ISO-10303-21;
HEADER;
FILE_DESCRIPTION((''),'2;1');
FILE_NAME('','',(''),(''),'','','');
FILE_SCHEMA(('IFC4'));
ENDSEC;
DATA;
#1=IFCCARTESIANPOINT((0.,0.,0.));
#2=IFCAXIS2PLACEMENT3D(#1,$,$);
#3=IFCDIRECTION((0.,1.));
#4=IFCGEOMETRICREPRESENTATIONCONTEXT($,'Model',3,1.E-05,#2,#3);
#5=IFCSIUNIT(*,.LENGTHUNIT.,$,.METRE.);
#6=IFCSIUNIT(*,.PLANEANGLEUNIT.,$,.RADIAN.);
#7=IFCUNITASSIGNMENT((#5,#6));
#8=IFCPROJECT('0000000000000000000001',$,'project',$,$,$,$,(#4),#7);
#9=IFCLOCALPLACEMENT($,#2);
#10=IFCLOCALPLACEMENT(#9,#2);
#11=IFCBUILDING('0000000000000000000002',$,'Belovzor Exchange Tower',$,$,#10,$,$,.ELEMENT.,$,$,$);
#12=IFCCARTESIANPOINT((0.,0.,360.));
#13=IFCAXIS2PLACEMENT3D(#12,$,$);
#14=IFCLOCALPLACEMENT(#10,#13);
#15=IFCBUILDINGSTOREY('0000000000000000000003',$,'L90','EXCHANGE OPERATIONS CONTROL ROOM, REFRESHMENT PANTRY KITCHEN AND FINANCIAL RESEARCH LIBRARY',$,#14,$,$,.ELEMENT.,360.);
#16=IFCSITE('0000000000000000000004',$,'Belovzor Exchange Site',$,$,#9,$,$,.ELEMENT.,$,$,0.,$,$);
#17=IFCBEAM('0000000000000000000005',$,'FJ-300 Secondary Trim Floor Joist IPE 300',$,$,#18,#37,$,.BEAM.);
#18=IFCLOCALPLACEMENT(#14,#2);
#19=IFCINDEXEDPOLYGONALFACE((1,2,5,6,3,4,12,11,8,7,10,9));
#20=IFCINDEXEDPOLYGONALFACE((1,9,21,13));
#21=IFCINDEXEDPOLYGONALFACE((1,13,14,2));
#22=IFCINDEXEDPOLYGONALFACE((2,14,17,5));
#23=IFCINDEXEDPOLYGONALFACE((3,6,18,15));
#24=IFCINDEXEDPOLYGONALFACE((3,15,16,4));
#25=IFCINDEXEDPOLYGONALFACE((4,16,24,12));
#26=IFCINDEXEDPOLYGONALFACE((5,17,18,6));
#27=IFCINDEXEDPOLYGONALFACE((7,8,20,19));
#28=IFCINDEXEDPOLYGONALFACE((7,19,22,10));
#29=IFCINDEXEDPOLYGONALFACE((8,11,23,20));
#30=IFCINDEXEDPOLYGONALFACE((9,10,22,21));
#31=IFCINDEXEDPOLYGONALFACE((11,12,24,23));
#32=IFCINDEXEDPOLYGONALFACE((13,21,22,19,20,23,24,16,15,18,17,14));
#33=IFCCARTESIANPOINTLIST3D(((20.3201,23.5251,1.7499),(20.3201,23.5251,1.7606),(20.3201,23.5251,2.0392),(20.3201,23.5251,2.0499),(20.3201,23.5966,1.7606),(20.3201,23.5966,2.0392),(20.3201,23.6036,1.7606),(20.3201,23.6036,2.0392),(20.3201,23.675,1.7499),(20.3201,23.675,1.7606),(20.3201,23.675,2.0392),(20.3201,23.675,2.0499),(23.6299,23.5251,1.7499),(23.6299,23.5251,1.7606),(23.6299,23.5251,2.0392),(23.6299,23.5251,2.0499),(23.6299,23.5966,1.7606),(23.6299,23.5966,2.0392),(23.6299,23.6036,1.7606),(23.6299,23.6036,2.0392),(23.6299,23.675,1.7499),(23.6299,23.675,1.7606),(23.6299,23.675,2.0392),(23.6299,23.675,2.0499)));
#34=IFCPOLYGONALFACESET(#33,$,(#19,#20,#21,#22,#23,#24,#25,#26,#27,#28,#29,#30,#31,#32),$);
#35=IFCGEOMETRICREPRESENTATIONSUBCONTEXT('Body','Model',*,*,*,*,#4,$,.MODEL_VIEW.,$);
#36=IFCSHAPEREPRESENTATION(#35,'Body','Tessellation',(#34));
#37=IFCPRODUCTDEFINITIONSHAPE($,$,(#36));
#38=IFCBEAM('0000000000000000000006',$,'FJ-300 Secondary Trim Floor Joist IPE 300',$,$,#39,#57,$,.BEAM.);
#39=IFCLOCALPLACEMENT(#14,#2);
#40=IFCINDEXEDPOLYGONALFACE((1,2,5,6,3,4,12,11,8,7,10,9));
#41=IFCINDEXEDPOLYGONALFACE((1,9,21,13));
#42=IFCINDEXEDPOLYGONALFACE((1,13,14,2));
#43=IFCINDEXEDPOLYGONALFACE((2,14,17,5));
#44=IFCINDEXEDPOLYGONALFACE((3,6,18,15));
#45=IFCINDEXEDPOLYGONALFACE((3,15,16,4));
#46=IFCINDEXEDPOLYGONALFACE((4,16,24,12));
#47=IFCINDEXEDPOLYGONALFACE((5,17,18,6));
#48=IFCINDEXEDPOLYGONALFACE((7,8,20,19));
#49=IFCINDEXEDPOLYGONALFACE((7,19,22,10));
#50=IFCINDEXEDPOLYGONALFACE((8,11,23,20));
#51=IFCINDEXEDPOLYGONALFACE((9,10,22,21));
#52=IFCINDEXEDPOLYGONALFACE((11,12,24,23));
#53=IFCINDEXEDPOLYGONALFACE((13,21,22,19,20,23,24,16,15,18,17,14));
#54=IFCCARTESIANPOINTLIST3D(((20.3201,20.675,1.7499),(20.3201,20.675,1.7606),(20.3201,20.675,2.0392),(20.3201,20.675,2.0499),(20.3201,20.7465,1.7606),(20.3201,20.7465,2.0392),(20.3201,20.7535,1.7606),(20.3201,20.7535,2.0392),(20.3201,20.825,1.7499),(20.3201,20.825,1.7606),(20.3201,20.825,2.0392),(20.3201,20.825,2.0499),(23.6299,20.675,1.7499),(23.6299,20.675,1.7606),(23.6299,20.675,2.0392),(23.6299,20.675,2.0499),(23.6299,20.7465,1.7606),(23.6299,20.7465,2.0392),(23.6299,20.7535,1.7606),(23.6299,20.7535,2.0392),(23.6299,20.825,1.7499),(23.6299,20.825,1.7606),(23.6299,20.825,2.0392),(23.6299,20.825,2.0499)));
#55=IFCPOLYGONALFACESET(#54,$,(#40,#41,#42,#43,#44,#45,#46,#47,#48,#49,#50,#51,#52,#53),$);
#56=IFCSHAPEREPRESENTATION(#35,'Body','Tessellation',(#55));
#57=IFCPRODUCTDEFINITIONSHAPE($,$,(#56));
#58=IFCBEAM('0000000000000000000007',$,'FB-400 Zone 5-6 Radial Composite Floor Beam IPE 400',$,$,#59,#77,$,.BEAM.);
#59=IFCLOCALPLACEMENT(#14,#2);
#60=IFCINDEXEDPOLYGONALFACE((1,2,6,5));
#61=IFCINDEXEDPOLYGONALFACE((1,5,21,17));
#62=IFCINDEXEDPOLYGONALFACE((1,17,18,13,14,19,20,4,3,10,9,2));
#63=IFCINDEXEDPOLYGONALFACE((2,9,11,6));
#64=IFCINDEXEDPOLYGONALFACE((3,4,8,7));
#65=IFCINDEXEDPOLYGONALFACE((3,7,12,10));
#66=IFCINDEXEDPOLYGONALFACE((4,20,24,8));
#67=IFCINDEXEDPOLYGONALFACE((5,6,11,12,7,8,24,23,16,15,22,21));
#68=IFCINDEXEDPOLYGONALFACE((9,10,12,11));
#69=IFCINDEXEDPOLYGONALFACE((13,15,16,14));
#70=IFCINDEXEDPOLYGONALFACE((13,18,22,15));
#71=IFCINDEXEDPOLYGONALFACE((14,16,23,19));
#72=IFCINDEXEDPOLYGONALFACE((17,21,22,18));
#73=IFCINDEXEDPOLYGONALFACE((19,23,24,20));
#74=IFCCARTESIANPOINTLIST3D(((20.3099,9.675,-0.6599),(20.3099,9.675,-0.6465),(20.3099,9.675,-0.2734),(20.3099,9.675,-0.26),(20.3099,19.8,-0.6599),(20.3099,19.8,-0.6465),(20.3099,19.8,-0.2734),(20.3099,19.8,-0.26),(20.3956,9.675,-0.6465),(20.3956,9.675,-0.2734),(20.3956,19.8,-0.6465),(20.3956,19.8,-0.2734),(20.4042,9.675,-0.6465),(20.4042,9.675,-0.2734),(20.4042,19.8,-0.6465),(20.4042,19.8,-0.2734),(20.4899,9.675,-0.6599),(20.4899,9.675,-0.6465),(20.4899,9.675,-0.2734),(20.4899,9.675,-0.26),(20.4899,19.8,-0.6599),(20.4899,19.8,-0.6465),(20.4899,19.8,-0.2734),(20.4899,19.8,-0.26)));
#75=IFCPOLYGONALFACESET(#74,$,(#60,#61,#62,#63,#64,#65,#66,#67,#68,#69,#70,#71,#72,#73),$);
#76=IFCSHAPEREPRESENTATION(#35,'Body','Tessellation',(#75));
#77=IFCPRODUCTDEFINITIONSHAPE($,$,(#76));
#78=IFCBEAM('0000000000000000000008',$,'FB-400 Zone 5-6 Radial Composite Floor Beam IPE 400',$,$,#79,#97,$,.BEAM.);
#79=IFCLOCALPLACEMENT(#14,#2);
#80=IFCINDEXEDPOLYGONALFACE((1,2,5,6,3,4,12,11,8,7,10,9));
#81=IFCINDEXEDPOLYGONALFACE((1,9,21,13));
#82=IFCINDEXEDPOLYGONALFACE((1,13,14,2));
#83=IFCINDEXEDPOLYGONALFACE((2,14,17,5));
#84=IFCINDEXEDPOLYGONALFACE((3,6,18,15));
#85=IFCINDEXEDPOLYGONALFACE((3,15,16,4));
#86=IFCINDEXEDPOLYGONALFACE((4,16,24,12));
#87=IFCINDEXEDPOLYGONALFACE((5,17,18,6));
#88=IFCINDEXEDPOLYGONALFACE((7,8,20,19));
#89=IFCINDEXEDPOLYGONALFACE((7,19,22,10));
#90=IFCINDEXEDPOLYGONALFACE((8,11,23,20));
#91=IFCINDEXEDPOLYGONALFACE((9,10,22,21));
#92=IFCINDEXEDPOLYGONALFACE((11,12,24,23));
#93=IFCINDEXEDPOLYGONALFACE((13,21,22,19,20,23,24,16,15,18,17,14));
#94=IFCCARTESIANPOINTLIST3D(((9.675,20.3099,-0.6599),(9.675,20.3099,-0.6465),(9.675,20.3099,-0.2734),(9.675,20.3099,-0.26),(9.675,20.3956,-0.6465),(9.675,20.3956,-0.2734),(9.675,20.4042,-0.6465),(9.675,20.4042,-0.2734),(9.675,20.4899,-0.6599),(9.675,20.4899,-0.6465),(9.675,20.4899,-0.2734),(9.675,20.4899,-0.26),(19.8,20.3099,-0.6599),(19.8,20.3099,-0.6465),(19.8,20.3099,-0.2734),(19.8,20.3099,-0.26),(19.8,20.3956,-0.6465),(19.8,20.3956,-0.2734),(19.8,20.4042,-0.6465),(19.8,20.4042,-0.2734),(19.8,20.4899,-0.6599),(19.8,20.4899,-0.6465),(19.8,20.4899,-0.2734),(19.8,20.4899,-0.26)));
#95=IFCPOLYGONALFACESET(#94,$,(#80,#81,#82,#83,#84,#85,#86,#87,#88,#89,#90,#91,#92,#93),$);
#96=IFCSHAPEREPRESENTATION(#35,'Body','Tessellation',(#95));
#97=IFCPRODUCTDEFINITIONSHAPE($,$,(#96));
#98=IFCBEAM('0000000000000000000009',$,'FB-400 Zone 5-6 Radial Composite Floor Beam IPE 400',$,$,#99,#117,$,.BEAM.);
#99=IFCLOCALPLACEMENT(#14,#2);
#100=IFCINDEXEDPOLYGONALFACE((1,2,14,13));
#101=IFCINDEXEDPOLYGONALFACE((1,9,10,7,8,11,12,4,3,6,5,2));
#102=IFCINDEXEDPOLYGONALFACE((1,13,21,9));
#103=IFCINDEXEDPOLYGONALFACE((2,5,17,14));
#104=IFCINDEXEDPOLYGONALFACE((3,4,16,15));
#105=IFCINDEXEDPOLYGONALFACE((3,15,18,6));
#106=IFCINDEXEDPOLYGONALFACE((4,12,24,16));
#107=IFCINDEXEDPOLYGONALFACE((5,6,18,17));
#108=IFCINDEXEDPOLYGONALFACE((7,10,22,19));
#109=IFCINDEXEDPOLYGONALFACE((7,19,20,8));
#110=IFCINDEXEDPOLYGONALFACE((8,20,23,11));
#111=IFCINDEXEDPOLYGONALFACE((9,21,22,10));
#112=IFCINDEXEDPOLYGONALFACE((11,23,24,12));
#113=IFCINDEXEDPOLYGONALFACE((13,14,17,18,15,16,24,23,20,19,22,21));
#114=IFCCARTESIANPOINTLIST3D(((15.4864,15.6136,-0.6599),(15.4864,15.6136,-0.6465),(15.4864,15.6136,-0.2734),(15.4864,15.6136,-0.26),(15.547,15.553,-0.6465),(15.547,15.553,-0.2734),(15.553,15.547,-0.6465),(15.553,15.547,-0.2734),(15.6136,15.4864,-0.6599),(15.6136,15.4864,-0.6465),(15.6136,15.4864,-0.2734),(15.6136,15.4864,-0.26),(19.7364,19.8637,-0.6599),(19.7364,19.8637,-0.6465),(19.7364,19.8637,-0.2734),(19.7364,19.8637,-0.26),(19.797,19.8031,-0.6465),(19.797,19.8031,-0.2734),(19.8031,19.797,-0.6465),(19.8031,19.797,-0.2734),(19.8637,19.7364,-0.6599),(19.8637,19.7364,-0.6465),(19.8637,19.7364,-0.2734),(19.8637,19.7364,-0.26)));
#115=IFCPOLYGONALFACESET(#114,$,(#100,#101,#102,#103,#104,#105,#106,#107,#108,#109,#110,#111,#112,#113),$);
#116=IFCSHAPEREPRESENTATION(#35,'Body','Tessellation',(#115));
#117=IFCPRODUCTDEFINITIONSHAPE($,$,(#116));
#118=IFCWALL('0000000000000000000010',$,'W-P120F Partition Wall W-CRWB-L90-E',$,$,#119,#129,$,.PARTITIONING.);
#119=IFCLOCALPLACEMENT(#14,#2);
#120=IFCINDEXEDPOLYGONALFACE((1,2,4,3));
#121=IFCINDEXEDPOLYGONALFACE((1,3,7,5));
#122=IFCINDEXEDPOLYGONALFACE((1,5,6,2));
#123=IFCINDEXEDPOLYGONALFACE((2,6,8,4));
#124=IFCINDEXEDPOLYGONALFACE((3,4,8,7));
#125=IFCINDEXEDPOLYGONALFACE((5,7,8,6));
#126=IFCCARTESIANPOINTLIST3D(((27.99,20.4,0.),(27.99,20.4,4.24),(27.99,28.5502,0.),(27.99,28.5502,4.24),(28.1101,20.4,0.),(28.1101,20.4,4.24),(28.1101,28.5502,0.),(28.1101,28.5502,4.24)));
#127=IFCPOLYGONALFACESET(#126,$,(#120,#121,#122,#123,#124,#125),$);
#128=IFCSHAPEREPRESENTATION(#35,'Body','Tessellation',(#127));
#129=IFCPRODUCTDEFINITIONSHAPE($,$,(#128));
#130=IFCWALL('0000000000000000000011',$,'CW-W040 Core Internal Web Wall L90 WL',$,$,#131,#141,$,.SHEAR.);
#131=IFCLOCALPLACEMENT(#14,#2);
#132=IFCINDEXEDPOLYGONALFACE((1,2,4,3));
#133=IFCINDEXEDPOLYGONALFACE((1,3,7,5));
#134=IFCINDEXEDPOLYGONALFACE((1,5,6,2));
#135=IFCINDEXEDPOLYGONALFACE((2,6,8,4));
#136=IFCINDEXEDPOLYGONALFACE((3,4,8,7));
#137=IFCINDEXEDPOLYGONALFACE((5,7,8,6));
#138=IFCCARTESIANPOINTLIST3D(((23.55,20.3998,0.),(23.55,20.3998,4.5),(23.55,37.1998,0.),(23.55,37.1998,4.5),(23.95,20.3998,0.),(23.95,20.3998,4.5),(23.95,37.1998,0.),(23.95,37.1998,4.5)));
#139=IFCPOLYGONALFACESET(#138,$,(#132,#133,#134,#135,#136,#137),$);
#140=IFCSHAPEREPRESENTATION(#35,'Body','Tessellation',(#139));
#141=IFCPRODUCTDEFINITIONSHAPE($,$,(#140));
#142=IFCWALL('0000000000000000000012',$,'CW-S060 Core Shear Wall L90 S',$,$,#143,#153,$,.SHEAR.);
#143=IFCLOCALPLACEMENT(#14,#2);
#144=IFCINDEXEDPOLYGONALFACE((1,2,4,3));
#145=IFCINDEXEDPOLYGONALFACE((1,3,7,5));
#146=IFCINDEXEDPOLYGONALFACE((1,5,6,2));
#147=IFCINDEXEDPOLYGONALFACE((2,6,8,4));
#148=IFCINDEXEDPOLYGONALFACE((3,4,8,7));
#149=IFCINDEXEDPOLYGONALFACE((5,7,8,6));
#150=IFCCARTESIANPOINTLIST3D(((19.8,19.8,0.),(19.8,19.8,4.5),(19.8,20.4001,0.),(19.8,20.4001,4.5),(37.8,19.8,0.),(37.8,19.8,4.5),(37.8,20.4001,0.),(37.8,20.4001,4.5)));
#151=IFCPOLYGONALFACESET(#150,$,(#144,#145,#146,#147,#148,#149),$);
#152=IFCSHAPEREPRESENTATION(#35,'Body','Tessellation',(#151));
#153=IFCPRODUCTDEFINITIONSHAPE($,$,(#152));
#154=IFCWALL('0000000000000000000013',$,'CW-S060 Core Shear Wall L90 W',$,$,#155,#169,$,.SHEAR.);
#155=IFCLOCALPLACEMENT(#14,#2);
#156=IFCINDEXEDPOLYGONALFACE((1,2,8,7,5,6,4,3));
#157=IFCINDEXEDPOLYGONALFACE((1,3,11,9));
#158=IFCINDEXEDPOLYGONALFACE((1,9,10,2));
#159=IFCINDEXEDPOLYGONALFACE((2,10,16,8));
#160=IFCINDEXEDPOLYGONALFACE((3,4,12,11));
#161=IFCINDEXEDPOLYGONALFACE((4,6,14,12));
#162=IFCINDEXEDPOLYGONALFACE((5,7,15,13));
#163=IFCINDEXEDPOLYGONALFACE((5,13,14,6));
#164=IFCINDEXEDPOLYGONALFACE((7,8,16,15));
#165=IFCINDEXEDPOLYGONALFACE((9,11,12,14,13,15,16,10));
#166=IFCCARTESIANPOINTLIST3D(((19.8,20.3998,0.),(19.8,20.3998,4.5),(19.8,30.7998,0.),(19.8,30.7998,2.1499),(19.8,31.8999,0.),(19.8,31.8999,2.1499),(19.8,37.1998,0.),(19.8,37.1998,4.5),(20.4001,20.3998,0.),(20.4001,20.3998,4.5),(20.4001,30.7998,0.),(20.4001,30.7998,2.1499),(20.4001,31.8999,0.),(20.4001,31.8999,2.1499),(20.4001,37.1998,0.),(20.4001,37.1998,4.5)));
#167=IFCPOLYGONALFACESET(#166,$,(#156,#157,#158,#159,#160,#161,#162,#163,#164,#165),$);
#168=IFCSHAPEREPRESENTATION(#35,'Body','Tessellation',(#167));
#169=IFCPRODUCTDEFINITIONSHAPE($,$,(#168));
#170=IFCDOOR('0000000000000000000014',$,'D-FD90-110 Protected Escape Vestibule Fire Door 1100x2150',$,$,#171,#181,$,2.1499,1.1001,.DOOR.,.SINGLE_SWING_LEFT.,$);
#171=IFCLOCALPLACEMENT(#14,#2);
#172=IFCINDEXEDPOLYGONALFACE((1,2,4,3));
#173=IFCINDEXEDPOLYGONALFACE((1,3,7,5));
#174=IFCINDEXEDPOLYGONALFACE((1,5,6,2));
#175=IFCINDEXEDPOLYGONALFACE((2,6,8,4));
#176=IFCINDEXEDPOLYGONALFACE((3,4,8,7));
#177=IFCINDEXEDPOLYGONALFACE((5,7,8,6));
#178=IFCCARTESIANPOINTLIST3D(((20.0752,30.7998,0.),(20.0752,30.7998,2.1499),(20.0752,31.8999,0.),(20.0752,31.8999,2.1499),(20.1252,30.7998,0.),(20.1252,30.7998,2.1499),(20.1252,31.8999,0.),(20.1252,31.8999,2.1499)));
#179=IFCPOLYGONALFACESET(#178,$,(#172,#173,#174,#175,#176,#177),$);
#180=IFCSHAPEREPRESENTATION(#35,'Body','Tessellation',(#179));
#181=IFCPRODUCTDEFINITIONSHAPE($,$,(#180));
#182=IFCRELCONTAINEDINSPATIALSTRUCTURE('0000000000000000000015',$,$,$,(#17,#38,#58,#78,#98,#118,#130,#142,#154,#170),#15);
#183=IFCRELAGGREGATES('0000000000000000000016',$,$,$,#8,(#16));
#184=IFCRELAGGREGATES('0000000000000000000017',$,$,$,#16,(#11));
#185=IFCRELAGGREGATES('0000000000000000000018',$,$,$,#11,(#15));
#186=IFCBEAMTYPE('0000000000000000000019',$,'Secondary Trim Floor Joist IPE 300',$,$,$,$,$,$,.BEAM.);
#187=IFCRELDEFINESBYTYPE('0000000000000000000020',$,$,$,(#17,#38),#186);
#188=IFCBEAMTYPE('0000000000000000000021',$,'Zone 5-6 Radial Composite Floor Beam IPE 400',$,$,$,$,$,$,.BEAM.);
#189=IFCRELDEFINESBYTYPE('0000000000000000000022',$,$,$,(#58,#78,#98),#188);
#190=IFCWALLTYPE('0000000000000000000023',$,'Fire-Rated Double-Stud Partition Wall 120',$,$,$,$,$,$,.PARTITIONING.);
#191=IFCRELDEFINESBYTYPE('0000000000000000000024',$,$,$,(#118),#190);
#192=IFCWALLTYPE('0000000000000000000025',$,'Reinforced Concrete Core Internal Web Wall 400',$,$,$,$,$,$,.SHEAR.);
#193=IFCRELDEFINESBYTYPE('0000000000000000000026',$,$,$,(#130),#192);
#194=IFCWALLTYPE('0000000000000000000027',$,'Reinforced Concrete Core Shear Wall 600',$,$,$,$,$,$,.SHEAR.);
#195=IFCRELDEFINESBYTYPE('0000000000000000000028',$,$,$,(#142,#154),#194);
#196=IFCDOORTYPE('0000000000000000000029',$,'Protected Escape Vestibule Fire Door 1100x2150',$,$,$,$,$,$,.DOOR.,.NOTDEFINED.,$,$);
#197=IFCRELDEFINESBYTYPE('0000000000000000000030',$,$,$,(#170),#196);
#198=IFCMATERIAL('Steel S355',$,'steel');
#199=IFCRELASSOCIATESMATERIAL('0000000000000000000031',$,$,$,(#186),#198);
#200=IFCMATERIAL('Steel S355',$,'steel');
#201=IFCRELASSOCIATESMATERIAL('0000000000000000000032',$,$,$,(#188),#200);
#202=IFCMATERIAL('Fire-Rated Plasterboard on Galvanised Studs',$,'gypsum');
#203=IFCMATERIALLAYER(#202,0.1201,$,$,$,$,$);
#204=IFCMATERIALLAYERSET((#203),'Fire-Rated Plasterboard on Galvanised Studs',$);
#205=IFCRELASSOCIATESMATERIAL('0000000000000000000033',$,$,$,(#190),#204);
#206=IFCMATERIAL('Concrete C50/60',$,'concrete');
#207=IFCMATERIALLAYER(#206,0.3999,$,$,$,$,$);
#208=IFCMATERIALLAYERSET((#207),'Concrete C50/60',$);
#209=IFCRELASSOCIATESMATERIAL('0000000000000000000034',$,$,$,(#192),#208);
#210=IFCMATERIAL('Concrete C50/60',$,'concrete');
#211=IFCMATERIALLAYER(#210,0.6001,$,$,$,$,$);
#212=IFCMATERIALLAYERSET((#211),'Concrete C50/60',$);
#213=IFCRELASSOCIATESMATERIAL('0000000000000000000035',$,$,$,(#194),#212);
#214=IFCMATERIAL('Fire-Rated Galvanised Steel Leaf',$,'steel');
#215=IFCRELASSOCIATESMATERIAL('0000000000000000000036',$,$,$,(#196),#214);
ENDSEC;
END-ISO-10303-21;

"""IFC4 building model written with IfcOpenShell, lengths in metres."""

from ifc_helpers import new_model, si_unit, direction, frame, frame_2d, origin, origin_2d, place, context, subcontext, project, spatial, rectangle, i_section, extrude, material, layer, layer_set, material_profile, profile_set, type_object, element, fill, save


model = new_model("IFC4")

# Units and contexts
model_context = context("Model", 3, precision=1e-05, world=origin(), true_north=direction((0.0, 1.0)))
body_context = subcontext(model_context, "Body", "Model", "MODEL_VIEW")
ifc_project = project(units=[si_unit("LENGTHUNIT", "METRE"), si_unit("PLANEANGLEUNIT", "RADIAN")], contexts=[model_context])

# Site, building, storey
site_placement = place(None, origin())
site = spatial("IfcSite", under=ifc_project, at=site_placement, Name="Belovzor Exchange Site", CompositionType="ELEMENT", RefElevation=0.0)
building_placement = place(site_placement, origin())
building = spatial("IfcBuilding", under=site, at=building_placement, Name="Belovzor Exchange Tower", CompositionType="ELEMENT")
storey_placement = place(building_placement, frame((0.0, 0.0, 360.0)))
storey = spatial("IfcBuildingStorey", under=building, at=storey_placement, Name="L90", Description="EXCHANGE OPERATIONS CONTROL ROOM, REFRESHMENT PANTRY KITCHEN AND FINANCIAL RESEARCH LIBRARY", CompositionType="ELEMENT", Elevation=360.0)

# Beams
ifc_material_1 = material(Name="Steel S355", Category="steel")
ifc_material_profile_1 = material_profile(ifc_material_1, i_section(OverallWidth=0.1499, OverallDepth=0.3, WebThickness=0.0071, FlangeThickness=0.0107, at=origin_2d()))
ifc_profile_set_1 = profile_set([ifc_material_profile_1], Name="Steel S355")
beam_type_1 = type_object("IfcBeamType", Name="Secondary Trim Floor Joist IPE 300", PredefinedType="BEAM", material=ifc_profile_set_1)
for number, where, z_axis, x_axis, name in (
    (1, (20.3201, 23.6001, 1.8999), (1.0, 0.0, 0.0), (0.0, 1.0, 0.0), "FJ-300 Secondary Trim Floor Joist IPE 300"),
    (2, (20.3201, 20.75, 1.8999), (1.0, 0.0, 0.0), (0.0, 1.0, 0.0), "FJ-300 Secondary Trim Floor Joist IPE 300"),
):
    element("IfcBeam", number, at=place(storey_placement, frame(where, z_axis=z_axis, x_axis=x_axis)), inside=storey, type_object=beam_type_1, Name=name, PredefinedType="BEAM", context=body_context, shape_type="SweptSolid", body=[
        extrude(i_section(OverallWidth=0.1499, OverallDepth=0.3, WebThickness=0.0071, FlangeThickness=0.0107, at=origin_2d()), origin(), (0.0, 0.0, 1.0), 3.3098),
    ])
ifc_material_2 = material(Name="Steel S355", Category="steel")
ifc_material_profile_2 = material_profile(ifc_material_2, i_section(OverallWidth=0.1799, OverallDepth=0.3999, WebThickness=0.0085, FlangeThickness=0.0134, at=origin_2d()))
ifc_profile_set_2 = profile_set([ifc_material_profile_2], Name="Steel S355")
beam_type_2 = type_object("IfcBeamType", Name="Zone 5-6 Radial Composite Floor Beam IPE 400", PredefinedType="BEAM", material=ifc_profile_set_2)
for number, where, z_axis, x_axis, name in (
    (3, (20.3999, 19.8, -0.46), (0.0, -1.0, 0.0), (1.0, 0.0, 0.0), "FB-400 Zone 5-6 Radial Composite Floor Beam IPE 400"),
    (4, (19.8, 20.3999, -0.46), (-1.0, 0.0, 0.0), (0.0, -1.0, 0.0), "FB-400 Zone 5-6 Radial Composite Floor Beam IPE 400"),
):
    element("IfcBeam", number, at=place(storey_placement, frame(where, z_axis=z_axis, x_axis=x_axis)), inside=storey, type_object=beam_type_2, Name=name, PredefinedType="BEAM", context=body_context, shape_type="SweptSolid", body=[
        extrude(i_section(OverallWidth=0.1799, OverallDepth=0.3999, WebThickness=0.0085, FlangeThickness=0.0134, at=origin_2d()), origin(), (0.0, 0.0, 1.0), 10.125),
    ])
beam_placement = place(storey_placement, frame((19.8, 19.8, -0.46), z_axis=(-0.707107, -0.707107, 0.0), x_axis=(0.707107, -0.707107, 0.0)))
element("IfcBeam", 5, at=beam_placement, inside=storey, type_object=beam_type_2, Name="FB-400 Zone 5-6 Radial Composite Floor Beam IPE 400", PredefinedType="BEAM", context=body_context, shape_type="SweptSolid", body=[
    extrude(i_section(OverallWidth=0.1799, OverallDepth=0.3999, WebThickness=0.0085, FlangeThickness=0.0134, at=origin_2d()), origin(), (0.0, 0.0, 1.0), 6.0105),
])

# Walls
ifc_material_3 = material(Name="Fire-Rated Plasterboard on Galvanised Studs", Category="gypsum")
ifc_layer_1 = layer(ifc_material_3, 0.1201)
ifc_layer_set_1 = layer_set([ifc_layer_1], Name="Fire-Rated Plasterboard on Galvanised Studs")
wall_type_1 = type_object("IfcWallType", Name="Fire-Rated Double-Stud Partition Wall 120", PredefinedType="PARTITIONING", material=ifc_layer_set_1)
wall_1_placement = place(storey_placement, frame((28.05, 20.3999, 0.0), z_axis=(0.0, 0.0, 1.0), x_axis=(0.0, 1.0, 0.0)))
element("IfcWall", 6, at=wall_1_placement, inside=storey, type_object=wall_type_1, Name="W-P120F Partition Wall W-CRWB-L90-E", PredefinedType="PARTITIONING", context=body_context, shape_type="SweptSolid", body=[
    extrude(rectangle(XDim=8.1501, YDim=0.1201, at=frame_2d((4.0752, 0.0))), origin(), (0.0, 0.0, 1.0), 4.24),
])
ifc_material_4 = material(Name="Concrete C50/60", Category="concrete")
ifc_layer_2 = layer(ifc_material_4, 0.3999)
ifc_layer_set_2 = layer_set([ifc_layer_2], Name="Concrete C50/60")
wall_type_2 = type_object("IfcWallType", Name="Reinforced Concrete Core Internal Web Wall 400", PredefinedType="SHEAR", material=ifc_layer_set_2)
wall_2_placement = place(storey_placement, frame((23.75, 20.3999, 0.0), z_axis=(0.0, 0.0, 1.0), x_axis=(0.0, 1.0, 0.0)))
element("IfcWall", 7, at=wall_2_placement, inside=storey, type_object=wall_type_2, Name="CW-W040 Core Internal Web Wall L90 WL", PredefinedType="SHEAR", context=body_context, shape_type="SweptSolid", body=[
    extrude(rectangle(XDim=16.8, YDim=0.3999, at=frame_2d((8.3999, 0.0))), origin(), (0.0, 0.0, 1.0), 4.5),
])
ifc_material_5 = material(Name="Concrete C50/60", Category="concrete")
ifc_layer_3 = layer(ifc_material_5, 0.6001)
ifc_layer_set_3 = layer_set([ifc_layer_3], Name="Concrete C50/60")
wall_type_3 = type_object("IfcWallType", Name="Reinforced Concrete Core Shear Wall 600", PredefinedType="SHEAR", material=ifc_layer_set_3)
wall_3_placement = place(storey_placement, frame((19.8, 20.1001, 0.0), z_axis=(0.0, 0.0, 1.0), x_axis=(1.0, 0.0, 0.0)))
element("IfcWall", 8, at=wall_3_placement, inside=storey, type_object=wall_type_3, Name="CW-S060 Core Shear Wall L90 S", PredefinedType="SHEAR", context=body_context, shape_type="SweptSolid", body=[
    extrude(rectangle(XDim=18.0, YDim=0.6001, at=frame_2d((9.0, 0.0))), origin(), (0.0, 0.0, 1.0), 4.5),
])

# Wall, opening, door
wall_4_placement = place(storey_placement, frame((20.1001, 20.3999, 0.0), z_axis=(0.0, 0.0, 1.0), x_axis=(0.0, 1.0, 0.0)))
wall_4 = element("IfcWall", 9, at=wall_4_placement, inside=storey, type_object=wall_type_3, Name="CW-S060 Core Shear Wall L90 W", PredefinedType="SHEAR", context=body_context, shape_type="SweptSolid", body=[
    extrude(rectangle(XDim=16.8, YDim=0.6001, at=frame_2d((8.3999, 0.0))), origin(), (0.0, 0.0, 1.0), 4.5),
])
opening_placement = place(wall_4_placement, frame((10.3999, 0.0, 0.0)))
opening = element("IfcOpeningElement", 10, at=opening_placement, cuts=wall_4, PredefinedType="OPENING", context=body_context, shape_type="SweptSolid", body=[
    extrude(rectangle(XDim=1.1001, YDim=2.1499, at=frame_2d((0.55, 1.075))), frame((0.0, 0.3101, 0.0), z_axis=(0.0, -1.0, 0.0), x_axis=(1.0, 0.0, 0.0)), (0.0, 0.0, 1.0), 0.6201),
])
ifc_material_6 = material(Name="Fire-Rated Galvanised Steel Leaf", Category="steel")
door_type = type_object("IfcDoorType", Name="Protected Escape Vestibule Fire Door 1100x2150", OperationType="NOTDEFINED", PredefinedType="DOOR", material=ifc_material_6)
door_placement = place(opening_placement, origin())
door = element("IfcDoor", 11, at=door_placement, inside=storey, type_object=door_type, Name="D-FD90-110 Protected Escape Vestibule Fire Door 1100x2150", OperationType="SINGLE_SWING_LEFT", OverallHeight=2.1499, OverallWidth=1.1001, PredefinedType="DOOR", context=body_context, shape_type="SweptSolid", body=[
    extrude(rectangle(XDim=1.1001, YDim=2.1499, at=frame_2d((0.55, 1.075))), frame((0.0, 0.0249, 0.0), z_axis=(0.0, -1.0, 0.0), x_axis=(1.0, 0.0, 0.0)), (0.0, 0.0, 1.0), 0.05),
])
fill(opening, door)

save(model, "model.ifc")
